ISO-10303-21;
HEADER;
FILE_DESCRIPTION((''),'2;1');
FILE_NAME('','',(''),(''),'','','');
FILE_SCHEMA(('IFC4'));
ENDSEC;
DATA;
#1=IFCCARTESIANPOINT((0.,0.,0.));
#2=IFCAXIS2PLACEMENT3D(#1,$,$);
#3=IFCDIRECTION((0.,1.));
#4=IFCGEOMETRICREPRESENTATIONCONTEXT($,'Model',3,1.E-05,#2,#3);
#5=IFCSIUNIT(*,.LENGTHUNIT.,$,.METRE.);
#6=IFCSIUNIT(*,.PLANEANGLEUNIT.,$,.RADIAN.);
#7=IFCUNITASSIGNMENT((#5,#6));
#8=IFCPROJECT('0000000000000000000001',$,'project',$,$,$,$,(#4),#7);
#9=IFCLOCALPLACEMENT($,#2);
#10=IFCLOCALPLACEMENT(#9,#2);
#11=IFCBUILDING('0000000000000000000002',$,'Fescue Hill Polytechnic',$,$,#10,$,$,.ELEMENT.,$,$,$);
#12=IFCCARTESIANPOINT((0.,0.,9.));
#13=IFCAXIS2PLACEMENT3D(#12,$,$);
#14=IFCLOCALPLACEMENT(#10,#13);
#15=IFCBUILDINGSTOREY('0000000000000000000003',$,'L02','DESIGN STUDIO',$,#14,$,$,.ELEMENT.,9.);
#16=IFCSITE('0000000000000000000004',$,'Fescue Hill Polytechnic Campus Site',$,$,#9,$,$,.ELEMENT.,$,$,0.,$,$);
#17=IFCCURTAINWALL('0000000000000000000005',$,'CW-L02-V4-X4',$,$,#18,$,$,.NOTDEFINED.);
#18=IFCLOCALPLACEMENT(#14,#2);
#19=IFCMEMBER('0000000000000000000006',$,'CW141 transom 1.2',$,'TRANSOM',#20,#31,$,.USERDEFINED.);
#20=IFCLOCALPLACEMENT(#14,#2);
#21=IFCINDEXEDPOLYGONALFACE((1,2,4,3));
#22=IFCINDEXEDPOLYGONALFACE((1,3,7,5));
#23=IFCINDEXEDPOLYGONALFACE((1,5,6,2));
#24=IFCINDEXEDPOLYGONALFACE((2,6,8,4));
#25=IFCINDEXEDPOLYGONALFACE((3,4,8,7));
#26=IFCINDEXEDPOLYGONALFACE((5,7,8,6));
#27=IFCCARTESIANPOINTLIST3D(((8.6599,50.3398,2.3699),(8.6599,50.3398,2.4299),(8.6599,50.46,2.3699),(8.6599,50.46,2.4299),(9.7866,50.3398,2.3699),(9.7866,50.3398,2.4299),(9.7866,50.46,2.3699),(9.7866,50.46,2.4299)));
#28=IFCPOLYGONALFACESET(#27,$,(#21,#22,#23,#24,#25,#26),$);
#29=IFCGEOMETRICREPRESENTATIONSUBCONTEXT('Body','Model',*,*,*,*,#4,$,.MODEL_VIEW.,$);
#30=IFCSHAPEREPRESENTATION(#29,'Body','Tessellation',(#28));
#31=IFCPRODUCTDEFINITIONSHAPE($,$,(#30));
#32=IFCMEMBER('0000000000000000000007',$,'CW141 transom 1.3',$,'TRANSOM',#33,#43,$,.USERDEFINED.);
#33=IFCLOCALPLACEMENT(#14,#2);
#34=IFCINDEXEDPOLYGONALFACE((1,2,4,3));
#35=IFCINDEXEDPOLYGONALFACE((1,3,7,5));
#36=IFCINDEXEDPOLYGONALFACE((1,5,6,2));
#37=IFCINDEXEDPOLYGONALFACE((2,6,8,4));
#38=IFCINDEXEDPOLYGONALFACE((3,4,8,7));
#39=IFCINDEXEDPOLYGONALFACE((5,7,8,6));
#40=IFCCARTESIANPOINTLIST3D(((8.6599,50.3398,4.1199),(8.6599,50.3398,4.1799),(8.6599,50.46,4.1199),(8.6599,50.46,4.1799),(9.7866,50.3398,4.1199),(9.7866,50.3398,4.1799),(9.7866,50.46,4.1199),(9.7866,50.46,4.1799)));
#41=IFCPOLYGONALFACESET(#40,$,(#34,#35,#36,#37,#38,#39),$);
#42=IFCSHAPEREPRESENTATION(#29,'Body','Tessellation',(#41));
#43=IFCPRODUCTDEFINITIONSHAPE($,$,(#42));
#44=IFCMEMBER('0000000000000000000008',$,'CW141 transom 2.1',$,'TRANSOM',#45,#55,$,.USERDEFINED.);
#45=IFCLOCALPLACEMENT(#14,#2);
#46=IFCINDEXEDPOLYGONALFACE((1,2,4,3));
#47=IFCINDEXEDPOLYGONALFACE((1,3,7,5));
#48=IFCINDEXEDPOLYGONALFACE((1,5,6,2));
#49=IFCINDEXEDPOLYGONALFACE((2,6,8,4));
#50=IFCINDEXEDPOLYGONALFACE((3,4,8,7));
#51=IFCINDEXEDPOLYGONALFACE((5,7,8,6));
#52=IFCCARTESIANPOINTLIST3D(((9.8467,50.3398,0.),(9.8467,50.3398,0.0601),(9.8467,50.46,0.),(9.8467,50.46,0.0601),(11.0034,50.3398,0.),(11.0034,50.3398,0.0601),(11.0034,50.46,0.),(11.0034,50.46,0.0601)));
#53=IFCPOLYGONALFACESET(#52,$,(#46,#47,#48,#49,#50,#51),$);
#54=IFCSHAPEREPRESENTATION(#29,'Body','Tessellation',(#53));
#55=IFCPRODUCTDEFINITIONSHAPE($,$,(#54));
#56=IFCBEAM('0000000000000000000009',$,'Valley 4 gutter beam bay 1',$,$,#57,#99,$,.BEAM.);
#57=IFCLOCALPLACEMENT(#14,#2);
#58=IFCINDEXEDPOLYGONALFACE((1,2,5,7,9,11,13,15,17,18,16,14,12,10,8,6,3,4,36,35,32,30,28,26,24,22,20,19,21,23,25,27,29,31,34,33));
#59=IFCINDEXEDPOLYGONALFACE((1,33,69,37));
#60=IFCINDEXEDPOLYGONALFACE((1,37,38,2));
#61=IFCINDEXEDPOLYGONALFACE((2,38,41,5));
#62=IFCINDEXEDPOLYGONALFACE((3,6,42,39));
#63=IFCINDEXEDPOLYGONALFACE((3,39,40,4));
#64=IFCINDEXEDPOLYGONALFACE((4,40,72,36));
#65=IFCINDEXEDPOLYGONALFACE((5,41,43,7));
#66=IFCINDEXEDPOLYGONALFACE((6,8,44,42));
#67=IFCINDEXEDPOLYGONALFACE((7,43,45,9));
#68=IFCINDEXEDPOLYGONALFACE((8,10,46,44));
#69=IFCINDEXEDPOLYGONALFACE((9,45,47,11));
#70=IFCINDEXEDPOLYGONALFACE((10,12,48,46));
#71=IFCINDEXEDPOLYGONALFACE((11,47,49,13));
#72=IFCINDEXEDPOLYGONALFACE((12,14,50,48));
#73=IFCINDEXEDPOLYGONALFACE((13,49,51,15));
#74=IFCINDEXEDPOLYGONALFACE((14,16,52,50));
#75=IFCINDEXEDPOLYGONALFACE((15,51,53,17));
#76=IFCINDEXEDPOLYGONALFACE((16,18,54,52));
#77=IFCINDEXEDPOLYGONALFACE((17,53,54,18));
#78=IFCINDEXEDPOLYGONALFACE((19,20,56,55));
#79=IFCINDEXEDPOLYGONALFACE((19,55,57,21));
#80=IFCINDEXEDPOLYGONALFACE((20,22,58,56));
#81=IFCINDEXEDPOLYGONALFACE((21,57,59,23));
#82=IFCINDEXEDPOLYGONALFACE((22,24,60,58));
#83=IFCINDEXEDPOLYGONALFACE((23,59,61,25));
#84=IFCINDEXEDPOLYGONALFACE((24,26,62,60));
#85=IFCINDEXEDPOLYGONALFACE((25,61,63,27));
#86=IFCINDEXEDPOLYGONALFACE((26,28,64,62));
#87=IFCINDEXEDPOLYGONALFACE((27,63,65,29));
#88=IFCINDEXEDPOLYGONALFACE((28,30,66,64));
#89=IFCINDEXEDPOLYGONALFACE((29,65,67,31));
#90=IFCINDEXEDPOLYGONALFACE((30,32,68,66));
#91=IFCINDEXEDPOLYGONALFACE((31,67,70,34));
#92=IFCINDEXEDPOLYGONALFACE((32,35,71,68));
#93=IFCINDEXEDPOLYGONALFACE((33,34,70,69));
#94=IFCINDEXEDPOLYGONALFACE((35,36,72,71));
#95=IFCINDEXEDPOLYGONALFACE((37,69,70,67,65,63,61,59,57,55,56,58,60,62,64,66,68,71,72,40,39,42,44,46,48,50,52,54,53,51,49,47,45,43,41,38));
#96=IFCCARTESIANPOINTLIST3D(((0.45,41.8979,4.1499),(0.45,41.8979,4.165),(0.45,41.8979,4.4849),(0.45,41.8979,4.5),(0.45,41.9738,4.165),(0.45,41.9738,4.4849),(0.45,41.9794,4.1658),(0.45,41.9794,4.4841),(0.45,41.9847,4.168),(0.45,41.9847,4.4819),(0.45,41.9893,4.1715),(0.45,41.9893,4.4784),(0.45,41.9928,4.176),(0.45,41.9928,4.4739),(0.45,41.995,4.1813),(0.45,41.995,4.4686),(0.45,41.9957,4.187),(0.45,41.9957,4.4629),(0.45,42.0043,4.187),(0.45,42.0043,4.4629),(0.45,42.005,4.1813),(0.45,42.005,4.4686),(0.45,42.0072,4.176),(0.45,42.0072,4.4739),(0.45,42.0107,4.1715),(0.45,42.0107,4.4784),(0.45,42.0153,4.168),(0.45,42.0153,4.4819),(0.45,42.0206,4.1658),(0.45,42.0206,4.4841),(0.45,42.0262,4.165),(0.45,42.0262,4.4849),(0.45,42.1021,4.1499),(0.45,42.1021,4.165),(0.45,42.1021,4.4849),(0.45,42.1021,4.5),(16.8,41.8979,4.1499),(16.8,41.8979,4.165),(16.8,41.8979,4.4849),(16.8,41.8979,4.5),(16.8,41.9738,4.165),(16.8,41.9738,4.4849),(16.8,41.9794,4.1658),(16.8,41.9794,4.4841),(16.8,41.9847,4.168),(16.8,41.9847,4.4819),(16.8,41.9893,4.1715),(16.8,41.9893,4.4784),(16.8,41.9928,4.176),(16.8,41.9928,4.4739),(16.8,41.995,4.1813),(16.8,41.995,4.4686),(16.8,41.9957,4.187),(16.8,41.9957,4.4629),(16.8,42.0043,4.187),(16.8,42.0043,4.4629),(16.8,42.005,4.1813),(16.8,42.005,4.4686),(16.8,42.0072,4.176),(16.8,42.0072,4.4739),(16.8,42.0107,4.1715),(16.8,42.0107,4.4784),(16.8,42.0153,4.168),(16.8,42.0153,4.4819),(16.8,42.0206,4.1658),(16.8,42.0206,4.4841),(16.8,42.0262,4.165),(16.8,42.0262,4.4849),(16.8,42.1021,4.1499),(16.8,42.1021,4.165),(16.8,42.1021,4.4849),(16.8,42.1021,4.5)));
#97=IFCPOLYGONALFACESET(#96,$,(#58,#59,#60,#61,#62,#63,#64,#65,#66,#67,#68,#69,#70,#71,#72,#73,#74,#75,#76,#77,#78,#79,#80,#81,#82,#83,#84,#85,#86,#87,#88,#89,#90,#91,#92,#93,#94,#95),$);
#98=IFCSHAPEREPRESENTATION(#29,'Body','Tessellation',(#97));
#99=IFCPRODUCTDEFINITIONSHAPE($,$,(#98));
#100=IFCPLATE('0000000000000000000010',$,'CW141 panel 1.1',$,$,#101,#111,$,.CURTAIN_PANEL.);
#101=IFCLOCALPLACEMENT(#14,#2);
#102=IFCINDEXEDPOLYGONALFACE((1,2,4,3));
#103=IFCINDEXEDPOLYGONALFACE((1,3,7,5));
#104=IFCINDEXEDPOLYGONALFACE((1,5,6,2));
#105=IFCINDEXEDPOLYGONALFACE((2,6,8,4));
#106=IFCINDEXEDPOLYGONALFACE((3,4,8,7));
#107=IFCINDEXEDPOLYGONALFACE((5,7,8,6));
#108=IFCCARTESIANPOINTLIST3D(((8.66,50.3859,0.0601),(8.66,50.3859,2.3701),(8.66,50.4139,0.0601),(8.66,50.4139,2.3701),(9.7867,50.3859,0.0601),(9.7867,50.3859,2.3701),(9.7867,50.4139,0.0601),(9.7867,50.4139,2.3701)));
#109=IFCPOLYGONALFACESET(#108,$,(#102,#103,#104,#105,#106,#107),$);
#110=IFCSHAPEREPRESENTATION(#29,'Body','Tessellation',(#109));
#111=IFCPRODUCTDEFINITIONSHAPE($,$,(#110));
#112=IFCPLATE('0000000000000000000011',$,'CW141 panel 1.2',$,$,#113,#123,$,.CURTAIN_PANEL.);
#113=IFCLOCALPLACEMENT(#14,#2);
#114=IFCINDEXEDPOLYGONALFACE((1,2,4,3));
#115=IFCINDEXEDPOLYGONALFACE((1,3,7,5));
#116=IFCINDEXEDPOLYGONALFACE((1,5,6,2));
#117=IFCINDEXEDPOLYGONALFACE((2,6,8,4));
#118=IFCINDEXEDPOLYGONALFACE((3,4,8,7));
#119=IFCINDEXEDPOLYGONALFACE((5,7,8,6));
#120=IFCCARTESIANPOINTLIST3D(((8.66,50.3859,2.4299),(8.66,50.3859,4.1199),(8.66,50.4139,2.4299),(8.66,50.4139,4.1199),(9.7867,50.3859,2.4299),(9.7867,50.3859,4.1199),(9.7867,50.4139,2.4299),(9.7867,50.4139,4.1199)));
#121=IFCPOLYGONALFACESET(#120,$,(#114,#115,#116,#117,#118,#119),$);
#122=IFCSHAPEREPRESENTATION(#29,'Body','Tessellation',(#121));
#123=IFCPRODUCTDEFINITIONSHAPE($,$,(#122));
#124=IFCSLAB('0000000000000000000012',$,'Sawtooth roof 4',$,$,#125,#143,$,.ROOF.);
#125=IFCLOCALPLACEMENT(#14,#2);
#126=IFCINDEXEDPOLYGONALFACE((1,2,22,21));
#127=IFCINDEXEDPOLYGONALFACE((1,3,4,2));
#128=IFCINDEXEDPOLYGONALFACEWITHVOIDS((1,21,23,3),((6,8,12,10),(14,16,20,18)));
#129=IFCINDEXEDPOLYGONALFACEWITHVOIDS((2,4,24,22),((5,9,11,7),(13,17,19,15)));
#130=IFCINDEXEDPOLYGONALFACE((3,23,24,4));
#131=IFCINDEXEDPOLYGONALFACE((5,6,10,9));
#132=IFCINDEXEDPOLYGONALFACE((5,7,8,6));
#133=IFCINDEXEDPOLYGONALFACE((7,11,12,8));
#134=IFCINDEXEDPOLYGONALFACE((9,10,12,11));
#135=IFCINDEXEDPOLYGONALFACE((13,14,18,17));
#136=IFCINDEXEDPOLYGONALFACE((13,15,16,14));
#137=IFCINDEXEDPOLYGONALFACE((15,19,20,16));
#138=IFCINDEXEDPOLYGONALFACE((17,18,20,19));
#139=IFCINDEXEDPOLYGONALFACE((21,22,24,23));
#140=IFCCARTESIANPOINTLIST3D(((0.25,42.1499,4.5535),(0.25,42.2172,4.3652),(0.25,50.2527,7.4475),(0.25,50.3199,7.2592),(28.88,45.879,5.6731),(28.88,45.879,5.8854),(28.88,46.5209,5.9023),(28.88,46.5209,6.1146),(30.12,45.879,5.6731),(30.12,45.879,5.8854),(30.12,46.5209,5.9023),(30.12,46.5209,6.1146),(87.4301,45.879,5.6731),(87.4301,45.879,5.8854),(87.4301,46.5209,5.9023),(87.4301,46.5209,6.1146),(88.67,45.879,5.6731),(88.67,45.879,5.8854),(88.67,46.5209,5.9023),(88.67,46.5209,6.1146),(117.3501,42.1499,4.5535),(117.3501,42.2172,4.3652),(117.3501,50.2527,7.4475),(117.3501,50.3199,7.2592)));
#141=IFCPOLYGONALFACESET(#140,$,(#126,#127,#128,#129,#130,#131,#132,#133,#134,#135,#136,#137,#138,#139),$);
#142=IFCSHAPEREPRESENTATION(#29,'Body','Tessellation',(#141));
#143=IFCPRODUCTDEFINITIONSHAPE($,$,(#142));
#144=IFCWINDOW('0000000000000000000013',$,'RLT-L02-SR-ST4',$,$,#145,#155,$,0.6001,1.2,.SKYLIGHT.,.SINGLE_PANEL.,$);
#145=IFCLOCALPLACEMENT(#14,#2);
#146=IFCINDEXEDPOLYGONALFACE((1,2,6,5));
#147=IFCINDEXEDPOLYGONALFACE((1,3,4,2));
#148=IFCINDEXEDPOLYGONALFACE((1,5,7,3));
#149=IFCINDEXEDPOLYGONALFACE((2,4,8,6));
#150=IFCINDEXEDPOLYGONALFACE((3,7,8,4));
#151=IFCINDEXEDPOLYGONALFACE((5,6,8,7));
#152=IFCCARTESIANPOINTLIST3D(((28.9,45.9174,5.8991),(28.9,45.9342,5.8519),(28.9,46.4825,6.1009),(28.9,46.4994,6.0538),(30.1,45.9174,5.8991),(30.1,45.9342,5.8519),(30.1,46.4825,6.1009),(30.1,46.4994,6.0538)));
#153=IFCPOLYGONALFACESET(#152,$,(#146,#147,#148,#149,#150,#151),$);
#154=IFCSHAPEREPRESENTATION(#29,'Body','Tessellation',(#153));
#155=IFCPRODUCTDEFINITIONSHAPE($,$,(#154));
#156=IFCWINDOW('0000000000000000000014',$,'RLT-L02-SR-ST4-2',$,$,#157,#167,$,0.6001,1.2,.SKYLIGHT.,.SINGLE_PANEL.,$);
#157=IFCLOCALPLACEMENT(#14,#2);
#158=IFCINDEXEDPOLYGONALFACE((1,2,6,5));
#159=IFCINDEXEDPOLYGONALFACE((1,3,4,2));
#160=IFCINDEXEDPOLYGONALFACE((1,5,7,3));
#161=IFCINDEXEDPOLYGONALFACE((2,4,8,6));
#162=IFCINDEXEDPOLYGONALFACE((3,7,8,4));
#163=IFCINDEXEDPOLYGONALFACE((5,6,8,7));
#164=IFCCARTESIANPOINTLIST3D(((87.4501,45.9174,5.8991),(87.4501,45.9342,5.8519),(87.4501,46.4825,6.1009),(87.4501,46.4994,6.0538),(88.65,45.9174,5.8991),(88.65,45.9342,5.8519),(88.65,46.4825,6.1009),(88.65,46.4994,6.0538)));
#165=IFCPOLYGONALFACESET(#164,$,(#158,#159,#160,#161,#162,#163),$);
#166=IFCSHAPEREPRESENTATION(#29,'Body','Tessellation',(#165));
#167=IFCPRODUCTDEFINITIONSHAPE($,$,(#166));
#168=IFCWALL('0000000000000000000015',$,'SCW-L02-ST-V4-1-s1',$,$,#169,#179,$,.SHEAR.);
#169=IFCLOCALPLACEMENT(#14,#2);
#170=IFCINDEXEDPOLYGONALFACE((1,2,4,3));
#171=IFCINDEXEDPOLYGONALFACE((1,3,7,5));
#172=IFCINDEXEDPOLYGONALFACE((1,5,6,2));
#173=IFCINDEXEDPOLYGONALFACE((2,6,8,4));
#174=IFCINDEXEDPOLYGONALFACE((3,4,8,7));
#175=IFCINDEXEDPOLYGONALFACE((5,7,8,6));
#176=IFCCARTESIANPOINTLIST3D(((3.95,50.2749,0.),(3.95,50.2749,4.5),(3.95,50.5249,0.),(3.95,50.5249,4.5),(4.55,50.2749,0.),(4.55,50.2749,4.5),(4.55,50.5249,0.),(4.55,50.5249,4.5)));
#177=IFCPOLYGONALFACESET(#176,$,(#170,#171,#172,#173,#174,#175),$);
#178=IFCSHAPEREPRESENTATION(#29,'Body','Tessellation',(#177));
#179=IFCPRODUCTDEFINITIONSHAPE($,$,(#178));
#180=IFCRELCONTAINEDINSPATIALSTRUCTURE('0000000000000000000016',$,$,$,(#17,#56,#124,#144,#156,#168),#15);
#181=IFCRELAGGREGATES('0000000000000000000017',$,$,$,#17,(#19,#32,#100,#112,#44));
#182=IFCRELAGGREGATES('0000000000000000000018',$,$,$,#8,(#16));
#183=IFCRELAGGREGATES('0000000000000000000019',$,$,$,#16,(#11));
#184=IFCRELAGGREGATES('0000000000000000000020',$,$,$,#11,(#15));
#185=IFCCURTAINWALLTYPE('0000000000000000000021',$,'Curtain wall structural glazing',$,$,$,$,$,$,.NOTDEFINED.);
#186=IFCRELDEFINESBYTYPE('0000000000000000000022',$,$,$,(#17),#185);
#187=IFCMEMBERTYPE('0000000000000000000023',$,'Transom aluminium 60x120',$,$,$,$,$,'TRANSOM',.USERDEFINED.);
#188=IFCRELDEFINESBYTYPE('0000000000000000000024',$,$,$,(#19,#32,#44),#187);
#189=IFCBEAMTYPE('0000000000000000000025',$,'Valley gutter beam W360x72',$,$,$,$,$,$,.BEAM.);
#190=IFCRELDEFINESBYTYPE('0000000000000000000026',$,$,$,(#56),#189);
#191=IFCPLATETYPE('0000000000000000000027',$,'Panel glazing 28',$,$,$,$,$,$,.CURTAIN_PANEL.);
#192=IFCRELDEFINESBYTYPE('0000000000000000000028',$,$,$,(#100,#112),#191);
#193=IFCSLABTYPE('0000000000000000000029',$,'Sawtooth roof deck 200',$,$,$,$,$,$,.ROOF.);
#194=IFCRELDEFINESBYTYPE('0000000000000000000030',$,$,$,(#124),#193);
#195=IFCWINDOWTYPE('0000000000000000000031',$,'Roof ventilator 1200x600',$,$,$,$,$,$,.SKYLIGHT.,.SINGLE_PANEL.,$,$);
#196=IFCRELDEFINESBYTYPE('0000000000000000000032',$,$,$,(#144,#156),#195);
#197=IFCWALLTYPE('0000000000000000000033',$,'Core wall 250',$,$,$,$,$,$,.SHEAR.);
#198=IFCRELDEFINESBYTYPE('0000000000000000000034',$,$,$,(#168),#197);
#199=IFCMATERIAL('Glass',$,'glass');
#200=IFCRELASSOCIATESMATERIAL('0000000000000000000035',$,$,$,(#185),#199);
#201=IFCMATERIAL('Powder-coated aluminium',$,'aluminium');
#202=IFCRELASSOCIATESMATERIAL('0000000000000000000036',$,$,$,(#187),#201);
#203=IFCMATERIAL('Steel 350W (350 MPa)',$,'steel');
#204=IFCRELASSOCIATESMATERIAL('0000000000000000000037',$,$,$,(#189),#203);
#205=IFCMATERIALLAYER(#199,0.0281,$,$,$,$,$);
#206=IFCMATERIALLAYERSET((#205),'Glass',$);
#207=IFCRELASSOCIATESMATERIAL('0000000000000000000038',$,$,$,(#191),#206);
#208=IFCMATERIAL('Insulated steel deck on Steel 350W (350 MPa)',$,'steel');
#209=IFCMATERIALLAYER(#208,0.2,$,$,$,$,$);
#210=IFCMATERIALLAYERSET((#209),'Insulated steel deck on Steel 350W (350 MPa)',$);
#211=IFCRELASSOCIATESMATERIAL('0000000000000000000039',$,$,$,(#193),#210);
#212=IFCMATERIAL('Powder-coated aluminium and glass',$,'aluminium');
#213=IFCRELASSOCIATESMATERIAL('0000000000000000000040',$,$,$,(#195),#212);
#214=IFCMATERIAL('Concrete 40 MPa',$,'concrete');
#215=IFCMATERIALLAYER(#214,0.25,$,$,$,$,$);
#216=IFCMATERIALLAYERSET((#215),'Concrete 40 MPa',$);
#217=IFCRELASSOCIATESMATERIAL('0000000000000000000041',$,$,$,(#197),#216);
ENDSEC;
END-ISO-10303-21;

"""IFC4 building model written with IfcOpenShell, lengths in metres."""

from ifc_helpers import new_model, si_unit, direction, frame, frame_2d, origin, origin_2d, place, context, subcontext, project, spatial, polyline, rectangle, i_section, outline, extrude, material, layer, layer_set, material_profile, profile_set, type_object, element, fill, aggregate, save


model = new_model("IFC4")

# Units and contexts
model_context = context("Model", 3, precision=1e-05, world=origin(), true_north=direction((0.0, 1.0)))
body_context = subcontext(model_context, "Body", "Model", "MODEL_VIEW")
ifc_project = project(units=[si_unit("LENGTHUNIT", "METRE"), si_unit("PLANEANGLEUNIT", "RADIAN")], contexts=[model_context])

# Site, building, storey
site_placement = place(None, origin())
site = spatial("IfcSite", under=ifc_project, at=site_placement, Name="Fescue Hill Polytechnic Campus Site", CompositionType="ELEMENT", RefElevation=0.0)
building_placement = place(site_placement, origin())
building = spatial("IfcBuilding", under=site, at=building_placement, Name="Fescue Hill Polytechnic", CompositionType="ELEMENT")
storey_placement = place(building_placement, frame((0.0, 0.0, 9.0)))
storey = spatial("IfcBuildingStorey", under=building, at=storey_placement, Name="L02", Description="DESIGN STUDIO", CompositionType="ELEMENT", Elevation=9.0)

# Shared definitions
ifc_material_1 = material(Name="Concrete 40 MPa", Category="concrete")

# Shared definitions
ifc_material_2 = material(Name="Steel 350W (350 MPa)", Category="steel")

# Curtain wall
ifc_material_3 = material(Name="Glass", Category="glass")
curtain_wall_type = type_object("IfcCurtainWallType", Name="Curtain wall structural glazing", PredefinedType="NOTDEFINED", material=ifc_material_3)
curtain_wall_placement = place(storey_placement, origin())
curtain_wall = element("IfcCurtainWall", 1, at=curtain_wall_placement, inside=storey, type_object=curtain_wall_type, Name="CW-L02-V4-X4", PredefinedType="NOTDEFINED")
ifc_material_4 = material(Name="Powder-coated aluminium", Category="aluminium")

# Members
ifc_material_profile_1 = material_profile(ifc_material_4, rectangle(XDim=0.1201, YDim=0.0601, at=origin_2d()), Name="Transom aluminium 60x120")
ifc_profile_set_1 = profile_set([ifc_material_profile_1], Name="Powder-coated aluminium")
member_type_1 = type_object("IfcMemberType", Name="Transom aluminium 60x120", ElementType="TRANSOM", PredefinedType="USERDEFINED", material=ifc_profile_set_1)
member_1_placement = place(storey_placement, frame((8.6599, 50.3999, 2.3999), z_axis=(1.0, 0.0, 0.0), x_axis=(0.0, 1.0, 0.0)))
member_1 = element("IfcMember", 2, at=member_1_placement, type_object=member_type_1, Name="CW141 transom 1.2", ObjectType="TRANSOM", PredefinedType="USERDEFINED", context=body_context, shape_type="SweptSolid", body=[
    extrude(rectangle(XDim=0.1201, YDim=0.0601, at=origin_2d()), origin(), (0.0, 0.0, 1.0), 1.1267),
])
member_2_placement = place(storey_placement, frame((8.6599, 50.3999, 4.1499), z_axis=(1.0, 0.0, 0.0), x_axis=(0.0, 1.0, 0.0)))
member_2 = element("IfcMember", 3, at=member_2_placement, type_object=member_type_1, Name="CW141 transom 1.3", ObjectType="TRANSOM", PredefinedType="USERDEFINED", context=body_context, shape_type="SweptSolid", body=[
    extrude(rectangle(XDim=0.1201, YDim=0.0601, at=origin_2d()), origin(), (0.0, 0.0, 1.0), 1.1267),
])
member_3_placement = place(storey_placement, frame((9.8467, 50.3999, 0.03), z_axis=(1.0, 0.0, 0.0), x_axis=(0.0, 1.0, 0.0)))
member_3 = element("IfcMember", 4, at=member_3_placement, type_object=member_type_1, Name="CW141 transom 2.1", ObjectType="TRANSOM", PredefinedType="USERDEFINED", context=body_context, shape_type="SweptSolid", body=[
    extrude(rectangle(XDim=0.1201, YDim=0.0601, at=origin_2d()), origin(), (0.0, 0.0, 1.0), 1.1567),
])

# Beam
ifc_material_profile_2 = material_profile(ifc_material_2, i_section(OverallWidth=0.2041, OverallDepth=0.3501, WebThickness=0.0085, FlangeThickness=0.0151, FilletRadius=0.022, at=origin_2d()), Name="W360x72")
ifc_profile_set_2 = profile_set([ifc_material_profile_2], Name="Steel 350W (350 MPa)")
beam_type_1 = type_object("IfcBeamType", Name="Valley gutter beam W360x72", PredefinedType="BEAM", material=ifc_profile_set_2)
beam_1_placement = place(storey_placement, frame((0.45, 42.0, 4.325), z_axis=(1.0, 0.0, 0.0), x_axis=(0.0, 1.0, 0.0)))
element("IfcBeam", 5, at=beam_1_placement, inside=storey, type_object=beam_type_1, Name="Valley 4 gutter beam bay 1", PredefinedType="BEAM", context=body_context, shape_type="SweptSolid", body=[
    extrude(i_section(OverallWidth=0.2041, OverallDepth=0.3501, WebThickness=0.0085, FlangeThickness=0.0151, FilletRadius=0.022, at=origin_2d()), origin(), (0.0, 0.0, 1.0), 16.3501),
])

# Plates
ifc_layer_1 = layer(ifc_material_3, 0.0281)
ifc_layer_set_1 = layer_set([ifc_layer_1], Name="Glass")
plate_type = type_object("IfcPlateType", Name="Panel glazing 28", PredefinedType="CURTAIN_PANEL", material=ifc_layer_set_1)
plate_1_placement = place(storey_placement, frame((9.2234, 50.3999, 0.0601), z_axis=(0.0, 0.0, 1.0), x_axis=(1.0, 0.0, 0.0)))
plate_1 = element("IfcPlate", 6, at=plate_1_placement, type_object=plate_type, Name="CW141 panel 1.1", PredefinedType="CURTAIN_PANEL", context=body_context, shape_type="SweptSolid", body=[
    extrude(rectangle(XDim=1.1267, YDim=0.0281, at=origin_2d()), origin(), (0.0, 0.0, 1.0), 2.3101),
])
plate_2_placement = place(storey_placement, frame((9.2234, 50.3999, 2.4299), z_axis=(0.0, 0.0, 1.0), x_axis=(1.0, 0.0, 0.0)))
plate_2 = element("IfcPlate", 7, at=plate_2_placement, type_object=plate_type, Name="CW141 panel 1.2", PredefinedType="CURTAIN_PANEL", context=body_context, shape_type="SweptSolid", body=[
    extrude(rectangle(XDim=1.1267, YDim=0.0281, at=origin_2d()), origin(), (0.0, 0.0, 1.0), 1.6899),
])
aggregate(curtain_wall, [member_1, member_2, plate_1, plate_2, member_3])

# Slab, openings, windows
ifc_material_5 = material(Name="Insulated steel deck on Steel 350W (350 MPa)", Category="steel")
ifc_layer_2 = layer(ifc_material_5, 0.2)
ifc_layer_set_2 = layer_set([ifc_layer_2], Name="Insulated steel deck on Steel 350W (350 MPa)")
slab_type = type_object("IfcSlabType", Name="Sawtooth roof deck 200", PredefinedType="ROOF", material=ifc_layer_set_2)
slab_placement = place(storey_placement, frame((0.25, 42.1499, 4.5535), z_axis=(0.0, -0.336356, 0.941735), x_axis=(1.0, 0.0, 0.0)))
slab = element("IfcSlab", 8, at=slab_placement, inside=storey, type_object=slab_type, Name="Sawtooth roof 4", PredefinedType="ROOF", context=body_context, shape_type="SweptSolid", body=[
    extrude(outline(polyline([(0.0, 0.0), (117.1001, 0.0), (117.1001, 8.6041), (0.0, 8.6041), (0.0, 0.0)])), origin(), (0.0, 0.0, -1.0), 0.2),
])
opening_1_placement = place(storey_placement, frame((29.5, 46.2, 5.4734)))
opening_1 = element("IfcOpeningElement", 9, at=opening_1_placement, cuts=slab, PredefinedType="OPENING", context=body_context, shape_type="SweptSolid", body=[
    extrude(rectangle(XDim=1.24, YDim=0.6418, at=origin_2d()), origin(), (0.0, 0.0, 1.0), 0.8411),
])
opening_2_placement = place(storey_placement, frame((88.05, 46.2, 5.4734)))
opening_2 = element("IfcOpeningElement", 10, at=opening_2_placement, cuts=slab, PredefinedType="OPENING", context=body_context, shape_type="SweptSolid", body=[
    extrude(rectangle(XDim=1.24, YDim=0.6418, at=origin_2d()), origin(), (0.0, 0.0, 1.0), 0.8411),
])
ifc_material_6 = material(Name="Powder-coated aluminium and glass", Category="aluminium")
window_type = type_object("IfcWindowType", Name="Roof ventilator 1200x600", PartitioningType="SINGLE_PANEL", PredefinedType="SKYLIGHT", material=ifc_material_6)
window_1_placement = place(storey_placement, frame((29.5, 46.2, 6.0), z_axis=(0.0, -0.336356, 0.941735), x_axis=(1.0, 0.0, 0.0)))
window_1 = element("IfcWindow", 11, at=window_1_placement, inside=storey, type_object=window_type, Name="RLT-L02-SR-ST4", OverallHeight=0.6001, OverallWidth=1.2, PartitioningType="SINGLE_PANEL", PredefinedType="SKYLIGHT", context=body_context, shape_type="SweptSolid", body=[
    extrude(rectangle(XDim=1.2, YDim=0.6001, at=origin_2d()), origin(), (0.0, 0.0, -1.0), 0.05),
])
fill(opening_1, window_1)
window_2_placement = place(storey_placement, frame((88.05, 46.2, 6.0), z_axis=(0.0, -0.336356, 0.941735), x_axis=(1.0, 0.0, 0.0)))
window_2 = element("IfcWindow", 12, at=window_2_placement, inside=storey, type_object=window_type, Name="RLT-L02-SR-ST4-2", OverallHeight=0.6001, OverallWidth=1.2, PartitioningType="SINGLE_PANEL", PredefinedType="SKYLIGHT", context=body_context, shape_type="SweptSolid", body=[
    extrude(rectangle(XDim=1.2, YDim=0.6001, at=origin_2d()), origin(), (0.0, 0.0, -1.0), 0.05),
])
fill(opening_2, window_2)

# Wall
ifc_layer_3 = layer(ifc_material_1, 0.25)
ifc_layer_set_3 = layer_set([ifc_layer_3], Name="Concrete 40 MPa")
wall_type_1 = type_object("IfcWallType", Name="Core wall 250", PredefinedType="SHEAR", material=ifc_layer_set_3)
wall_placement = place(storey_placement, frame((3.95, 50.3999, 0.0), z_axis=(0.0, 0.0, 1.0), x_axis=(1.0, 0.0, 0.0)))
element("IfcWall", 13, at=wall_placement, inside=storey, type_object=wall_type_1, Name="SCW-L02-ST-V4-1-s1", PredefinedType="SHEAR", context=body_context, shape_type="SweptSolid", body=[
    extrude(rectangle(XDim=0.6001, YDim=0.25, at=frame_2d((0.3, 0.0))), origin(), (0.0, 0.0, 1.0), 4.5),
])

save(model, "model.ifc")
